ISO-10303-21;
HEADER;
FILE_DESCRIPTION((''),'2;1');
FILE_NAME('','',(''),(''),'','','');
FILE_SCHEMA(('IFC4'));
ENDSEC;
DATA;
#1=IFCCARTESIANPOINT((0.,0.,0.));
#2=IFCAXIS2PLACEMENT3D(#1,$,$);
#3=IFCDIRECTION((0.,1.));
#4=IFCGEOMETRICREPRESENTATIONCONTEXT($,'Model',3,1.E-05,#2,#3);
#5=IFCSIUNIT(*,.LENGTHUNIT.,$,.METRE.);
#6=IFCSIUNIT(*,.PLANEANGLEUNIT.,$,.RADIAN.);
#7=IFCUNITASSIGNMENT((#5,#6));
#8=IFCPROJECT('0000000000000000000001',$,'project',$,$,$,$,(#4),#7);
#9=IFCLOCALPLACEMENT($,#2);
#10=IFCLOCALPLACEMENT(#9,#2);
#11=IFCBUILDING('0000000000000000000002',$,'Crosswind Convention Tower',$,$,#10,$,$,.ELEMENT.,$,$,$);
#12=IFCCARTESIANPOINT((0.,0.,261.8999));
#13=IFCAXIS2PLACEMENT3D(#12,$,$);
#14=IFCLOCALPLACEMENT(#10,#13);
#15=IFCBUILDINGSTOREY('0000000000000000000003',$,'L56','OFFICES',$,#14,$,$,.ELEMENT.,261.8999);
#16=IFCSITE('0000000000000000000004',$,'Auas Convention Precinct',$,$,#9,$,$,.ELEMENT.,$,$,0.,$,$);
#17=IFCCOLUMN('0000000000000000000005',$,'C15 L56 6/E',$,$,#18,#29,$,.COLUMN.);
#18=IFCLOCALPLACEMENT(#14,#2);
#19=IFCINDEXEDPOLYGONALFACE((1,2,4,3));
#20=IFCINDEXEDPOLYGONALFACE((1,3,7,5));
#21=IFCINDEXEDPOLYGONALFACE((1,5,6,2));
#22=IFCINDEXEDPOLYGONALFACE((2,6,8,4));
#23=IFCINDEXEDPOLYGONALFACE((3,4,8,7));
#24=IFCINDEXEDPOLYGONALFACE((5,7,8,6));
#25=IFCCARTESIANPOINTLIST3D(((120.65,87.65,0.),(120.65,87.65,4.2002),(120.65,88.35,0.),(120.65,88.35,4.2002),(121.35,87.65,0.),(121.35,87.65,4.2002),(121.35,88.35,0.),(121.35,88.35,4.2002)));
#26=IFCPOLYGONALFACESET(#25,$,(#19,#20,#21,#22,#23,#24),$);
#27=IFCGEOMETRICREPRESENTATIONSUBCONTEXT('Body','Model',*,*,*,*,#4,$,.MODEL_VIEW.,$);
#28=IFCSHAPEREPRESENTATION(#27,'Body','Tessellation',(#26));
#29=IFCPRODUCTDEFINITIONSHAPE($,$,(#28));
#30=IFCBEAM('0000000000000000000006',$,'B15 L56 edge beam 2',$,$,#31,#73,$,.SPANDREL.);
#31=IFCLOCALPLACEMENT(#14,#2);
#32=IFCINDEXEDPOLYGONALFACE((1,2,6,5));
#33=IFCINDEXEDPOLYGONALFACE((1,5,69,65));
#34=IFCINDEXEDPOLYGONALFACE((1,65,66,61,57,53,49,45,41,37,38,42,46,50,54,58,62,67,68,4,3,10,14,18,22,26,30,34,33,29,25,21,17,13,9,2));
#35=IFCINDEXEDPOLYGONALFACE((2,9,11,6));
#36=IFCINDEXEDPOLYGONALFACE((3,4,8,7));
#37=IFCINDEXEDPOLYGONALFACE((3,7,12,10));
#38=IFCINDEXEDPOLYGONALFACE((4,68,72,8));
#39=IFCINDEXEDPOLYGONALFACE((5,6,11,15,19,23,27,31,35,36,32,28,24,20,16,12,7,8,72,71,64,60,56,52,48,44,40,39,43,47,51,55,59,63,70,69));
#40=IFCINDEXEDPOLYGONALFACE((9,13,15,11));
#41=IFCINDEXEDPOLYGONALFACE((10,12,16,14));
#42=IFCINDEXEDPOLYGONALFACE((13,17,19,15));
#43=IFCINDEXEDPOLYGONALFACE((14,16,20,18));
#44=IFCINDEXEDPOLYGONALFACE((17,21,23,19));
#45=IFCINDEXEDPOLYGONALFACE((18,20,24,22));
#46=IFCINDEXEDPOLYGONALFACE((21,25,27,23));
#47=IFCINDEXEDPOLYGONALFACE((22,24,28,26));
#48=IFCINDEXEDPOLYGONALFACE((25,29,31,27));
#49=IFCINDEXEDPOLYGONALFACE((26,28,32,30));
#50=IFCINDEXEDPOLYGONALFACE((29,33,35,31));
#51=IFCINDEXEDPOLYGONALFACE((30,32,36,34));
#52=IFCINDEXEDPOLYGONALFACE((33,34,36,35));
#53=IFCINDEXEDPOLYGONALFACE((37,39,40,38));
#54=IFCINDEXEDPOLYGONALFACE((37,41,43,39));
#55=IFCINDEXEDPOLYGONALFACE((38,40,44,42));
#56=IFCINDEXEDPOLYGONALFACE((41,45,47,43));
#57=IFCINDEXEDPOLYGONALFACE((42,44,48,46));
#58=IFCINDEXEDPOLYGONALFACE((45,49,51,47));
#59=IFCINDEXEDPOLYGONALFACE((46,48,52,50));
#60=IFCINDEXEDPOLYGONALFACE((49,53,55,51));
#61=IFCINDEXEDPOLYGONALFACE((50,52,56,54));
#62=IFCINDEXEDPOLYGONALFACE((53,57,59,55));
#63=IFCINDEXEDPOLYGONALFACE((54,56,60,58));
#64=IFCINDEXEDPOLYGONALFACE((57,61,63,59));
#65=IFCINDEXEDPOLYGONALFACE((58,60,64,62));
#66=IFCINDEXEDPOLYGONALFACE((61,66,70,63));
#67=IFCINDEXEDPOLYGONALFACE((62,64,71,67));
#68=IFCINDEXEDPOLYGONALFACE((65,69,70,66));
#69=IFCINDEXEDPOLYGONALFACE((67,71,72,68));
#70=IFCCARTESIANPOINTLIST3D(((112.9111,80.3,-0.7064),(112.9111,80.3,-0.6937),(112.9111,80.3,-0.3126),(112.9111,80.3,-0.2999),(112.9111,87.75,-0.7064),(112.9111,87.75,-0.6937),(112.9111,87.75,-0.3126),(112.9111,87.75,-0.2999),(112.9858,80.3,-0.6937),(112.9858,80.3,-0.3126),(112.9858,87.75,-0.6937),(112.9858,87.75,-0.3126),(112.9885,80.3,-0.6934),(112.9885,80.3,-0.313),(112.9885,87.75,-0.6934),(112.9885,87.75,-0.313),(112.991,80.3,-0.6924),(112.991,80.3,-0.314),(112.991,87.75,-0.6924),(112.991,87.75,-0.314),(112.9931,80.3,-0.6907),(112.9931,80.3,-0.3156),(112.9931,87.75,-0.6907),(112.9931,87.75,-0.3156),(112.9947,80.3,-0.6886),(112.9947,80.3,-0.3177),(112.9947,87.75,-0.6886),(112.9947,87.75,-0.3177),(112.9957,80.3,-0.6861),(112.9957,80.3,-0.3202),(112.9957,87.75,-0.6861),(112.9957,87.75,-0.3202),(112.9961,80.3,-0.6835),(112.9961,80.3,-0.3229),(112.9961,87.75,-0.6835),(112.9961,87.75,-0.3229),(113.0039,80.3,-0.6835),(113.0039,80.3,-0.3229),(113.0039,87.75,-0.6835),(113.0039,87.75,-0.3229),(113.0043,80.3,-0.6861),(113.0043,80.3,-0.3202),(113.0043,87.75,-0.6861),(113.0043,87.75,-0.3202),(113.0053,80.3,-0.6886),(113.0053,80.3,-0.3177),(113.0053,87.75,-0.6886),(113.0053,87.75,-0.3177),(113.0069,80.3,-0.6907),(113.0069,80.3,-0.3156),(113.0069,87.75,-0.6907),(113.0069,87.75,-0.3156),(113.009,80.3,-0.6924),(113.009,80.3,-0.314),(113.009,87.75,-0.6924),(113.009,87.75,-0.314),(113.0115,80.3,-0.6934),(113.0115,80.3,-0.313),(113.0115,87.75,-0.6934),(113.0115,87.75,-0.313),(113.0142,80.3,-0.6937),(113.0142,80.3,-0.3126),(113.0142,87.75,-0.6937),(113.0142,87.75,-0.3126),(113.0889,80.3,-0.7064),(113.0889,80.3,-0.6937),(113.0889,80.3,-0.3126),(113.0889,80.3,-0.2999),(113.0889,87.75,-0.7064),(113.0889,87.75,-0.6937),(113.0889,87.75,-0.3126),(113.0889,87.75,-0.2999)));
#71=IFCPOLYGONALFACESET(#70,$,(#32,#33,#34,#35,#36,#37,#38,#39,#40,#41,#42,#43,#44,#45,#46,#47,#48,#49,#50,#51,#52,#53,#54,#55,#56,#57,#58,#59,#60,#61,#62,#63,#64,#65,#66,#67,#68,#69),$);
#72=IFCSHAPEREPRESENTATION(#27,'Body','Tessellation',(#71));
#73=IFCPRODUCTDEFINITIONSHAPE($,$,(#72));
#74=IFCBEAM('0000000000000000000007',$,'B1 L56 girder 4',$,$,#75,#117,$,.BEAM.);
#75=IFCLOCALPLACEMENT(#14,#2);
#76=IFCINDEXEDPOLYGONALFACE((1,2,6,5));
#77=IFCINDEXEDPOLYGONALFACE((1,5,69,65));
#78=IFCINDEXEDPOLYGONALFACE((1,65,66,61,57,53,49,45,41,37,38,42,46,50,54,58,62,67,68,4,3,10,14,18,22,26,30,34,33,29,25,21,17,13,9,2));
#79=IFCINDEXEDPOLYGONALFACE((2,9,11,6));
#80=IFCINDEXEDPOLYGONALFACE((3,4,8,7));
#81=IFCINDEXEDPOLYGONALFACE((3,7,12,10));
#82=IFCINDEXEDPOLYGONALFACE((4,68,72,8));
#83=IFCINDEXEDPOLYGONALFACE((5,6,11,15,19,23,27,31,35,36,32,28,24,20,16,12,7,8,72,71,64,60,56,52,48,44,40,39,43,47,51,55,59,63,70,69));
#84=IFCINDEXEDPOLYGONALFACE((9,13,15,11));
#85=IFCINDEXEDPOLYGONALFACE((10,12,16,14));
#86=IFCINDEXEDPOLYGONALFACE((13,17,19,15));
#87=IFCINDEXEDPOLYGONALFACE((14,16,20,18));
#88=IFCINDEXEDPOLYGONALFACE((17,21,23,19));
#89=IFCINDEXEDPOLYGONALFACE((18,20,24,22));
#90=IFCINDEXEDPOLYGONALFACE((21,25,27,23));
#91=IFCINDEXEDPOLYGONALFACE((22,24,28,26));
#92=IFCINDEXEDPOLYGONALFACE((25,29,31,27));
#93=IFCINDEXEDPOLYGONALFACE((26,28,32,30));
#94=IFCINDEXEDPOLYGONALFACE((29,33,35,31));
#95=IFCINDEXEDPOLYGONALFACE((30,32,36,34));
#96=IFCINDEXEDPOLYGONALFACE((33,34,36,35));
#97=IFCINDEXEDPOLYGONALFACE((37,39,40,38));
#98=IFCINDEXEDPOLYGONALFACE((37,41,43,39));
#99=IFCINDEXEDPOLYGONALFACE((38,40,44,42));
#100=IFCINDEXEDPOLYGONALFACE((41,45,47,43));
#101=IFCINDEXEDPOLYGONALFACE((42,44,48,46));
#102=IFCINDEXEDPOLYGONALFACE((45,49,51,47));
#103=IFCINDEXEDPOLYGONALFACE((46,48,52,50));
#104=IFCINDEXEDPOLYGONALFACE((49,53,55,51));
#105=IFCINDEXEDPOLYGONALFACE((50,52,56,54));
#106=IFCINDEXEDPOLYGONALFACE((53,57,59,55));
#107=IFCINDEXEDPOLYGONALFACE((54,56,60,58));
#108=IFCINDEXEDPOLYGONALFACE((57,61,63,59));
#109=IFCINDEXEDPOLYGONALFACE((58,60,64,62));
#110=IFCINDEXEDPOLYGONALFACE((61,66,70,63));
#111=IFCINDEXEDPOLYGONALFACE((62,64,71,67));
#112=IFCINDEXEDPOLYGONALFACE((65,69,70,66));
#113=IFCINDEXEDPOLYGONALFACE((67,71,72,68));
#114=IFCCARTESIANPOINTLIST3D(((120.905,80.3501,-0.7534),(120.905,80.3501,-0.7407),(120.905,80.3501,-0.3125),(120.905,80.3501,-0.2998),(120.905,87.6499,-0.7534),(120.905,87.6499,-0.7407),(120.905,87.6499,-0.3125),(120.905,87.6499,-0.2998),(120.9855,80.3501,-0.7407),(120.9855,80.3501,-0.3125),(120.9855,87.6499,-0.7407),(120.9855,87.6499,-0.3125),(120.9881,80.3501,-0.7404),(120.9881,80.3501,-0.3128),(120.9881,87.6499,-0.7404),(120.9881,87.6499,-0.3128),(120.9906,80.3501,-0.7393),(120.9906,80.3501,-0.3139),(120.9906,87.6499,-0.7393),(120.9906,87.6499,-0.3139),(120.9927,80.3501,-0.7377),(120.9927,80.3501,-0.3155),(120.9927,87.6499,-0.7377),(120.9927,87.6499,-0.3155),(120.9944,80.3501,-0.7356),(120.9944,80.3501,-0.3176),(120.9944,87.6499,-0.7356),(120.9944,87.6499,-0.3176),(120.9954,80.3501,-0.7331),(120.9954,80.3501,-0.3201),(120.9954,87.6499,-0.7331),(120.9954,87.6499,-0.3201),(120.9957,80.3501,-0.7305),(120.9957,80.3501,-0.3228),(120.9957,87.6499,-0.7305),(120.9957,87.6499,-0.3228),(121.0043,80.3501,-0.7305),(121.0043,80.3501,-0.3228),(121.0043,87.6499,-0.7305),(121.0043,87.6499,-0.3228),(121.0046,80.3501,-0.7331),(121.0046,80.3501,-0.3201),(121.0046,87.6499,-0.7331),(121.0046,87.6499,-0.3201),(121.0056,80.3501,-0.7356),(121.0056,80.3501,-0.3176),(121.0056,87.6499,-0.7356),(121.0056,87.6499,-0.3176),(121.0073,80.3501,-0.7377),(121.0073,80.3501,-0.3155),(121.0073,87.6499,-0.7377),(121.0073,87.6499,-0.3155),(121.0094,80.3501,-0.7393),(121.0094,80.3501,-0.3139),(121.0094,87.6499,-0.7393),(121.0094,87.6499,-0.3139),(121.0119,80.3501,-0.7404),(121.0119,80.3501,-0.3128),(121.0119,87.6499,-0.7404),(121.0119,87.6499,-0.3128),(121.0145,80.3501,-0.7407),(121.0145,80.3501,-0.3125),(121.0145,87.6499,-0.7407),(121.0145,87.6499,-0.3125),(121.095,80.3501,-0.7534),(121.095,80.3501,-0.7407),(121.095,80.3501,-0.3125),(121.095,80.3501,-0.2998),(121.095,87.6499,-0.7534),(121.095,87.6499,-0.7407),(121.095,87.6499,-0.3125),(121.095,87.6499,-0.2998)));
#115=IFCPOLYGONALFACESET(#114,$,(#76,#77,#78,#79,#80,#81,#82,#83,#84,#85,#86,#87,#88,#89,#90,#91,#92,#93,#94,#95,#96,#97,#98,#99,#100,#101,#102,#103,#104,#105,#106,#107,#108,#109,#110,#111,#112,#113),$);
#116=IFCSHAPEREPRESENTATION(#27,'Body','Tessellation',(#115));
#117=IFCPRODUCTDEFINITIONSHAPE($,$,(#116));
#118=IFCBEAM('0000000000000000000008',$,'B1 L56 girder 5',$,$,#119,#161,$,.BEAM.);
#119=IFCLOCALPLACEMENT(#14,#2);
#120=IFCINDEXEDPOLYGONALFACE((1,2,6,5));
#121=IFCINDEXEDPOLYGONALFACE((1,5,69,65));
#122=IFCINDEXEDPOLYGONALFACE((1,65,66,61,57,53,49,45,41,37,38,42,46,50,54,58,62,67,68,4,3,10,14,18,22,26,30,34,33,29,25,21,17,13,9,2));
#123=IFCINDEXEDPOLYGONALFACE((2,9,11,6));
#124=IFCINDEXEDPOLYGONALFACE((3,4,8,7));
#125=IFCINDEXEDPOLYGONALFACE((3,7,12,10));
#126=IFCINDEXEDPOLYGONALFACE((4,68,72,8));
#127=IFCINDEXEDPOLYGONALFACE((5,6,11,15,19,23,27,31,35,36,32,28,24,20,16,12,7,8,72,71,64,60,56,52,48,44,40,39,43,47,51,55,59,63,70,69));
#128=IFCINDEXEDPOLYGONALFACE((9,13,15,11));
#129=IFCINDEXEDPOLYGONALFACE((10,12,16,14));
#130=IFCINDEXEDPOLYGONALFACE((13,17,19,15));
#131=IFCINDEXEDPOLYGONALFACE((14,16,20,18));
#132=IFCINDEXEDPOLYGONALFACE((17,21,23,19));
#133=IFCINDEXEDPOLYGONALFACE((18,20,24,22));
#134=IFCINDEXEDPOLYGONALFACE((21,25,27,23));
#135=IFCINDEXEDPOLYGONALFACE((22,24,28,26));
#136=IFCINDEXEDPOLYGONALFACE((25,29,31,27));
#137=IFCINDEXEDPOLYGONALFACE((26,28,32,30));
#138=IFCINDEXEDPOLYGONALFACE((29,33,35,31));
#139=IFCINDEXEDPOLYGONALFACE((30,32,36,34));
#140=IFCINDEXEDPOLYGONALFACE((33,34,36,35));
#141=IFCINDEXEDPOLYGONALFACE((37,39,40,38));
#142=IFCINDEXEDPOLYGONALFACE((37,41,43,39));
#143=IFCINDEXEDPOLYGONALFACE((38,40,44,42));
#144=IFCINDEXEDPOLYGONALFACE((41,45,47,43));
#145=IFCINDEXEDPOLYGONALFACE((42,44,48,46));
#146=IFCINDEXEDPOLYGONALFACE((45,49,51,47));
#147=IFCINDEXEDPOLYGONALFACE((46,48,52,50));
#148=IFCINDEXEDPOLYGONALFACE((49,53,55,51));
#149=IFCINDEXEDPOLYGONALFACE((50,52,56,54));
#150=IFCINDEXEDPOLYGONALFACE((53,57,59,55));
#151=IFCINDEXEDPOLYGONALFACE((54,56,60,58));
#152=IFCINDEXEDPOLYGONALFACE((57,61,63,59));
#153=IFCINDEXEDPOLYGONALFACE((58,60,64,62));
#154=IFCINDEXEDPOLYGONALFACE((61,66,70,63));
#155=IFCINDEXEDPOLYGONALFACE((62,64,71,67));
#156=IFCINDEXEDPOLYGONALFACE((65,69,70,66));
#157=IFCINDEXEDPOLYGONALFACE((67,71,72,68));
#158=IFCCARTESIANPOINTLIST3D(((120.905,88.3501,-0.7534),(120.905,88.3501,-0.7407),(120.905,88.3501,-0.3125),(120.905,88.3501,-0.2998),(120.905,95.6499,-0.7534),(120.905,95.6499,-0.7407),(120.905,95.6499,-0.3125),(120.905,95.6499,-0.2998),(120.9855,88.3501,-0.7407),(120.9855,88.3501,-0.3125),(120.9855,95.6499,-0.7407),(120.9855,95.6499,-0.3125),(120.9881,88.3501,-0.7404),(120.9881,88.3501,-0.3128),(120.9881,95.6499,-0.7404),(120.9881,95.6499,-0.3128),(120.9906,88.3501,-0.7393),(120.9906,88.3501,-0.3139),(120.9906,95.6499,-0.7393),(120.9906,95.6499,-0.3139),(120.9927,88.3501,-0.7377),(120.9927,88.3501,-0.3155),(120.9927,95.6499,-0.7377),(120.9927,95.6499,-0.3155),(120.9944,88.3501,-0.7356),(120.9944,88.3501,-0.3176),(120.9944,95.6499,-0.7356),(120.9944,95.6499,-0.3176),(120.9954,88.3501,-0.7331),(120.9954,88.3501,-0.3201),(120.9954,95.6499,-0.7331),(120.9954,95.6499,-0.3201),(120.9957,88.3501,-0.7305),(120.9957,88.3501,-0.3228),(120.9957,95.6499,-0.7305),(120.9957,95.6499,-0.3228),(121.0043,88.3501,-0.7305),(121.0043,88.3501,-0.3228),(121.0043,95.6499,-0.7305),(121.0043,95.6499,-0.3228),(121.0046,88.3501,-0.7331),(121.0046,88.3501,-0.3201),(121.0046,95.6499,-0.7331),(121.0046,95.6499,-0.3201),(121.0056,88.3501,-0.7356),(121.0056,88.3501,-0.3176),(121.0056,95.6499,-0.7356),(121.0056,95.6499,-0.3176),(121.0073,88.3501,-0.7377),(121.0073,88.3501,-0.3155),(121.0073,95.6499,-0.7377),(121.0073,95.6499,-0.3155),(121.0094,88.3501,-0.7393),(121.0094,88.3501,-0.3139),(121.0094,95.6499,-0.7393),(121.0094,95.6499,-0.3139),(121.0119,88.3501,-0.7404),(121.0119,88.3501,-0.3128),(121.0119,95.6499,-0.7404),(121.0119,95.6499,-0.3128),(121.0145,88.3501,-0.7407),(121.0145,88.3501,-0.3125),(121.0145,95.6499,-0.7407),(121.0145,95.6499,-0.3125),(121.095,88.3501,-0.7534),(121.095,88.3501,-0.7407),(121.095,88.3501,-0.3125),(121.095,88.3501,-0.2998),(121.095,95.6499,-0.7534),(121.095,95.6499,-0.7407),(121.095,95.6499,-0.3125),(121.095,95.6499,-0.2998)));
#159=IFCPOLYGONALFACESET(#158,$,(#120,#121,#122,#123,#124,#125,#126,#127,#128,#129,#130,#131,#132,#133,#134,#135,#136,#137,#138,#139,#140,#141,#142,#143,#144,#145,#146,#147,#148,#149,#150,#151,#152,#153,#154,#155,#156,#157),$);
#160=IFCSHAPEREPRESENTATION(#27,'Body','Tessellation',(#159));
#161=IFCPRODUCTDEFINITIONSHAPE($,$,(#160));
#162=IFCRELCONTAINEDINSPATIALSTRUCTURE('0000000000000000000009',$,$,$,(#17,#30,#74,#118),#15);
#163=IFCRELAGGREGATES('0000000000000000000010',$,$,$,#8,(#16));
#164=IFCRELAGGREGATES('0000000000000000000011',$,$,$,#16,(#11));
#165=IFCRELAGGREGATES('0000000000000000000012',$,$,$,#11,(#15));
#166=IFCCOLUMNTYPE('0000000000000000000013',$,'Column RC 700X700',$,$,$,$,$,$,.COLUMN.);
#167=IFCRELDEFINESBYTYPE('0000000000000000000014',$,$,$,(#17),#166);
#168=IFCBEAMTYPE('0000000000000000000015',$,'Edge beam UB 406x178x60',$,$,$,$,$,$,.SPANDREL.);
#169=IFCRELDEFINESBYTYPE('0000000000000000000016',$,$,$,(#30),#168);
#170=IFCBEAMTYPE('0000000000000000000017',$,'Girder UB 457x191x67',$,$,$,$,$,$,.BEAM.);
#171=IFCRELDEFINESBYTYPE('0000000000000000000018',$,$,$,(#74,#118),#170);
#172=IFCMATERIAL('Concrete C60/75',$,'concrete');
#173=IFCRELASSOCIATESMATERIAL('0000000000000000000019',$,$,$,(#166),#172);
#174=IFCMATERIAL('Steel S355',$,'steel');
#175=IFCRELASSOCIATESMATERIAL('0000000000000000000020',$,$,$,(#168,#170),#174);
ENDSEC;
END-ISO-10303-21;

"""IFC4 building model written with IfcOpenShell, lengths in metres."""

from ifc_helpers import new_model, si_unit, direction, frame, origin, origin_2d, place, context, subcontext, project, spatial, rectangle, i_section, extrude, material, material_profile, profile_set, type_object, element, save


model = new_model("IFC4")

# Units and contexts
model_context = context("Model", 3, precision=1e-05, world=origin(), true_north=direction((0.0, 1.0)))
body_context = subcontext(model_context, "Body", "Model", "MODEL_VIEW")
ifc_project = project(units=[si_unit("LENGTHUNIT", "METRE"), si_unit("PLANEANGLEUNIT", "RADIAN")], contexts=[model_context])

# Site, building, storey
site_placement = place(None, origin())
site = spatial("IfcSite", under=ifc_project, at=site_placement, Name="Auas Convention Precinct", CompositionType="ELEMENT", RefElevation=0.0)
building_placement = place(site_placement, origin())
building = spatial("IfcBuilding", under=site, at=building_placement, Name="Crosswind Convention Tower", CompositionType="ELEMENT")
storey_placement = place(building_placement, frame((0.0, 0.0, 261.8999)))
storey = spatial("IfcBuildingStorey", under=building, at=storey_placement, Name="L56", Description="OFFICES", CompositionType="ELEMENT", Elevation=261.8999)

# Column
ifc_material_1 = material(Name="Concrete C60/75", Category="concrete")
ifc_material_profile_1 = material_profile(ifc_material_1, rectangle(XDim=0.7, YDim=0.7, at=origin_2d()), Name="RC 700X700")
ifc_profile_set_1 = profile_set([ifc_material_profile_1], Name="Concrete C60/75")
column_type = type_object("IfcColumnType", Name="Column RC 700X700", PredefinedType="COLUMN", material=ifc_profile_set_1)
column_placement = place(storey_placement, frame((121.0, 88.0, 0.0), z_axis=(0.0, 0.0, 1.0), x_axis=(1.0, 0.0, 0.0)))
element("IfcColumn", 1, at=column_placement, inside=storey, type_object=column_type, Name="C15 L56 6/E", PredefinedType="COLUMN", context=body_context, shape_type="SweptSolid", body=[
    extrude(rectangle(XDim=0.7, YDim=0.7, at=origin_2d()), origin(), (0.0, 0.0, 1.0), 4.2002),
])

# Beams
ifc_material_2 = material(Name="Steel S355", Category="steel")
ifc_material_profile_2 = material_profile(ifc_material_2, i_section(OverallWidth=0.1777, OverallDepth=0.4065, WebThickness=0.0078, FlangeThickness=0.0127, FilletRadius=0.0103, at=origin_2d()), Name="UB 406x178x60")
ifc_profile_set_2 = profile_set([ifc_material_profile_2], Name="Steel S355")
beam_type_1 = type_object("IfcBeamType", Name="Edge beam UB 406x178x60", PredefinedType="SPANDREL", material=ifc_profile_set_2)
beam_1_placement = place(storey_placement, frame((113.0, 80.3, -0.5032), z_axis=(0.0, 1.0, 0.0), x_axis=(-1.0, 0.0, 0.0)))
element("IfcBeam", 2, at=beam_1_placement, inside=storey, type_object=beam_type_1, Name="B15 L56 edge beam 2", PredefinedType="SPANDREL", context=body_context, shape_type="SweptSolid", body=[
    extrude(i_section(OverallWidth=0.1777, OverallDepth=0.4065, WebThickness=0.0078, FlangeThickness=0.0127, FilletRadius=0.0103, at=origin_2d()), origin(), (0.0, 0.0, 1.0), 7.45),
])
ifc_material_profile_3 = material_profile(ifc_material_2, i_section(OverallWidth=0.1899, OverallDepth=0.4536, WebThickness=0.0085, FlangeThickness=0.0127, FilletRadius=0.0103, at=origin_2d()), Name="UB 457x191x67")
ifc_profile_set_3 = profile_set([ifc_material_profile_3], Name="Steel S355")
beam_type_2 = type_object("IfcBeamType", Name="Girder UB 457x191x67", PredefinedType="BEAM", material=ifc_profile_set_3)
for number, where, z_axis, x_axis, name in (
    (3, (121.0, 80.3501, -0.5266), (0.0, 1.0, 0.0), (-1.0, 0.0, 0.0), "B1 L56 girder 4"),
    (4, (121.0, 88.3501, -0.5266), (0.0, 1.0, 0.0), (-1.0, 0.0, 0.0), "B1 L56 girder 5"),
):
    element("IfcBeam", number, at=place(storey_placement, frame(where, z_axis=z_axis, x_axis=x_axis)), inside=storey, type_object=beam_type_2, Name=name, PredefinedType="BEAM", context=body_context, shape_type="SweptSolid", body=[
        extrude(i_section(OverallWidth=0.1899, OverallDepth=0.4536, WebThickness=0.0085, FlangeThickness=0.0127, FilletRadius=0.0103, at=origin_2d()), origin(), (0.0, 0.0, 1.0), 7.2998),
    ])

save(model, "model.ifc")
